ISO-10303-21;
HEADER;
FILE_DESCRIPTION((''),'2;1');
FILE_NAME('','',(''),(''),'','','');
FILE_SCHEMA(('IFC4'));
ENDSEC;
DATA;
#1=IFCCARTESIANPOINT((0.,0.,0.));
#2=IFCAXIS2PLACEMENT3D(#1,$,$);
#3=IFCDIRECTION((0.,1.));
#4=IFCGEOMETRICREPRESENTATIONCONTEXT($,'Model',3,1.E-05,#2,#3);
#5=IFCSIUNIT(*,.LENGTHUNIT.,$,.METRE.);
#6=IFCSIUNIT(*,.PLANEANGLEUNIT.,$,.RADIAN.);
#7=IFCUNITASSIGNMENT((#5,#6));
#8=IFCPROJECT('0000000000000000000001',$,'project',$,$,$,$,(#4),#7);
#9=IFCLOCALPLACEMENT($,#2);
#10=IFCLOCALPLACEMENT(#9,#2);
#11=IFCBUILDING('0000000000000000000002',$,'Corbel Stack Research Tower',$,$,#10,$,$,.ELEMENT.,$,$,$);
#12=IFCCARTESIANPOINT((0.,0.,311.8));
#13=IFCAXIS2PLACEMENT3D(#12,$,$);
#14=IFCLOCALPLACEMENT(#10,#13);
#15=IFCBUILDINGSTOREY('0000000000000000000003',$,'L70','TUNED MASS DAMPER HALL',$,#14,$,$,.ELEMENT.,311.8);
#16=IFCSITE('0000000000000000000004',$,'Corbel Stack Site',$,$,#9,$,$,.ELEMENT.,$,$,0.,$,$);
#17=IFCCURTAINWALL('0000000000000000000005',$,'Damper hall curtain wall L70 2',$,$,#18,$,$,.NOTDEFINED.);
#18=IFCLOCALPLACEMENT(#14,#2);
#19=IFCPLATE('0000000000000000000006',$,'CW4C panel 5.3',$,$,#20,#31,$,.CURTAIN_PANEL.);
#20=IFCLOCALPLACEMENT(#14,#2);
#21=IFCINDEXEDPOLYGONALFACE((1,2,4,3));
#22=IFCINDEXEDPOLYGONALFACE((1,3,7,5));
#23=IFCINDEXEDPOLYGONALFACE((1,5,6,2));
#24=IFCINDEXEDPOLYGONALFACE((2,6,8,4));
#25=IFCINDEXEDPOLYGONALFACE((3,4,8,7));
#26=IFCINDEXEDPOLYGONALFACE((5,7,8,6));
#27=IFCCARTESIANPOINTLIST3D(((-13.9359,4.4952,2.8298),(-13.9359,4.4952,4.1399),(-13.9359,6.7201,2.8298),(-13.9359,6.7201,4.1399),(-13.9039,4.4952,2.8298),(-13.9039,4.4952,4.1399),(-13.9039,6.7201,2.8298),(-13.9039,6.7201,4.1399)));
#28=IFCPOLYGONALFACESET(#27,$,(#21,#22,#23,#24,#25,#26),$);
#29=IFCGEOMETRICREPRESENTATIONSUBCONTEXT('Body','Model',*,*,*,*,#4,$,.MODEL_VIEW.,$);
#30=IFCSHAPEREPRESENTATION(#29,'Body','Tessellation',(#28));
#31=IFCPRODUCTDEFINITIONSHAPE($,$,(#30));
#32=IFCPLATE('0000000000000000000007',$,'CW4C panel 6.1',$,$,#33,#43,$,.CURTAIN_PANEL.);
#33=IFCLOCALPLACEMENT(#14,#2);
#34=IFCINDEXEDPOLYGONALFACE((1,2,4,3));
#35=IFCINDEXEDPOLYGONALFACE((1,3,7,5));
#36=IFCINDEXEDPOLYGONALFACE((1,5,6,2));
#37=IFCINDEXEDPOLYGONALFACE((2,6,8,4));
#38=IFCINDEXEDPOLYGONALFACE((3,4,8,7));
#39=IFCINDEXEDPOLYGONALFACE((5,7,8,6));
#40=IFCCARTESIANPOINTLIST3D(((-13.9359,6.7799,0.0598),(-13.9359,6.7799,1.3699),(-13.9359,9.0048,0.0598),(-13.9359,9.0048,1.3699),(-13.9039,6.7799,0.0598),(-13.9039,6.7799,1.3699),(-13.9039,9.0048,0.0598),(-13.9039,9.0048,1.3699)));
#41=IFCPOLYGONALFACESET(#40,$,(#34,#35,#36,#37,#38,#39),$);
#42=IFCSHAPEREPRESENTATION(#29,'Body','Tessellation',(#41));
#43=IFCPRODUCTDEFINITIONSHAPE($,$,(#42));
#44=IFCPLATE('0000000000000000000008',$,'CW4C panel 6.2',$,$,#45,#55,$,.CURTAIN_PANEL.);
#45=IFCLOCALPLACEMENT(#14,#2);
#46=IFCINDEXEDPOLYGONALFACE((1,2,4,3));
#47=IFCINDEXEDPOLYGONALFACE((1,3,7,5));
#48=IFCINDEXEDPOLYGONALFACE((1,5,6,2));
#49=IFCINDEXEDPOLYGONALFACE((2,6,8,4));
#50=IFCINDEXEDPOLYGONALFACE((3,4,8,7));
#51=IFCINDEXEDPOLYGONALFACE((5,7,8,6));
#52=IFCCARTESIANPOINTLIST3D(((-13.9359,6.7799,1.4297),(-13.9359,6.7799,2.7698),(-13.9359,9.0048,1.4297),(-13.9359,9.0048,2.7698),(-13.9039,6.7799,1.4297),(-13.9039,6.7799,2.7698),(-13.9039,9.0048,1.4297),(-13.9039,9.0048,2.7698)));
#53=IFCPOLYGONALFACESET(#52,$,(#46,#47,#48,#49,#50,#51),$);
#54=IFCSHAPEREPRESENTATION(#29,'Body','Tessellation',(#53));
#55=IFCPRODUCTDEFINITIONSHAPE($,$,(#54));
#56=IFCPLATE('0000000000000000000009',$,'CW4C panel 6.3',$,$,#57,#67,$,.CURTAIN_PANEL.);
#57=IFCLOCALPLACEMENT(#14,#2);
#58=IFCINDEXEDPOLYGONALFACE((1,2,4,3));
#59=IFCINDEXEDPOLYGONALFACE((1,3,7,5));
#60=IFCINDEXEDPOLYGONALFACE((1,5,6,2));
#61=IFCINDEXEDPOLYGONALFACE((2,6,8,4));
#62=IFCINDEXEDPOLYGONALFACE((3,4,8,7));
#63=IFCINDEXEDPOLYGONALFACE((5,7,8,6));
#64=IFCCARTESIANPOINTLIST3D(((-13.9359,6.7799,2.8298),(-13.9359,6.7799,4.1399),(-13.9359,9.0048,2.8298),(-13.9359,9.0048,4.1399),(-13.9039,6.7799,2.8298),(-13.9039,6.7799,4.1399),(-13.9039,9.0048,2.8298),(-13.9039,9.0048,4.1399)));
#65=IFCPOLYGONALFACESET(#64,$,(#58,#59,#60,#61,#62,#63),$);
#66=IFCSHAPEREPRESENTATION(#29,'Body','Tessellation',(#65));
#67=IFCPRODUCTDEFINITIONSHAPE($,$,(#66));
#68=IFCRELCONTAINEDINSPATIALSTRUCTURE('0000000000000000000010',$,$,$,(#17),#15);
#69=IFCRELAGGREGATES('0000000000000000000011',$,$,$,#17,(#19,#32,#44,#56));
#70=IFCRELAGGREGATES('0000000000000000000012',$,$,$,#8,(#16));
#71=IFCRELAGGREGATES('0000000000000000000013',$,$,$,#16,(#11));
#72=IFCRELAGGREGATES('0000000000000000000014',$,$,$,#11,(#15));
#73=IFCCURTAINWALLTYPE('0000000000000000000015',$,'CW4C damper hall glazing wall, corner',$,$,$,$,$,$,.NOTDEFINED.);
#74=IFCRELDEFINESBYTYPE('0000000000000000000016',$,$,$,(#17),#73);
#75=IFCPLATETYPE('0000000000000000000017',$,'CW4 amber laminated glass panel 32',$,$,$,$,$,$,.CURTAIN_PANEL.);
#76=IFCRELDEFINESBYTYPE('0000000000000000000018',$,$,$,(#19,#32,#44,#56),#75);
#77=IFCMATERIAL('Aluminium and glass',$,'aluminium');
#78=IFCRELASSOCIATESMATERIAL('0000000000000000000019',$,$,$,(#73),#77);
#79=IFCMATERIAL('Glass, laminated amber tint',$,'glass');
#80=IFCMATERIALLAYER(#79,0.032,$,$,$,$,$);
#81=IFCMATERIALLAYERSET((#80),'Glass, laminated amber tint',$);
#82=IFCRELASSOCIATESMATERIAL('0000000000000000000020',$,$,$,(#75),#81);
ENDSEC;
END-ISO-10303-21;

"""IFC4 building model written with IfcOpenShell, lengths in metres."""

from ifc_helpers import new_model, si_unit, direction, frame, origin, origin_2d, place, context, subcontext, project, spatial, rectangle, extrude, material, layer, layer_set, type_object, element, aggregate, save


model = new_model("IFC4")

# Units and contexts
model_context = context("Model", 3, precision=1e-05, world=origin(), true_north=direction((0.0, 1.0)))
body_context = subcontext(model_context, "Body", "Model", "MODEL_VIEW")
ifc_project = project(units=[si_unit("LENGTHUNIT", "METRE"), si_unit("PLANEANGLEUNIT", "RADIAN")], contexts=[model_context])

# Site, building, storey
site_placement = place(None, origin())
site = spatial("IfcSite", under=ifc_project, at=site_placement, Name="Corbel Stack Site", CompositionType="ELEMENT", RefElevation=0.0)
building_placement = place(site_placement, origin())
building = spatial("IfcBuilding", under=site, at=building_placement, Name="Corbel Stack Research Tower", CompositionType="ELEMENT")
storey_placement = place(building_placement, frame((0.0, 0.0, 311.8)))
storey = spatial("IfcBuildingStorey", under=building, at=storey_placement, Name="L70", Description="TUNED MASS DAMPER HALL", CompositionType="ELEMENT", Elevation=311.8)

# Curtain wall, plates
ifc_material_1 = material(Name="Aluminium and glass", Category="aluminium")
curtain_wall_type = type_object("IfcCurtainWallType", Name="CW4C damper hall glazing wall, corner", PredefinedType="NOTDEFINED", material=ifc_material_1)
curtain_wall_placement = place(storey_placement, origin())
curtain_wall = element("IfcCurtainWall", 1, at=curtain_wall_placement, inside=storey, type_object=curtain_wall_type, Name="Damper hall curtain wall L70 2", PredefinedType="NOTDEFINED")
ifc_material_2 = material(Name="Glass, laminated amber tint", Category="glass")
ifc_layer = layer(ifc_material_2, 0.032)
ifc_layer_set = layer_set([ifc_layer], Name="Glass, laminated amber tint")
plate_type = type_object("IfcPlateType", Name="CW4 amber laminated glass panel 32", PredefinedType="CURTAIN_PANEL", material=ifc_layer_set)
plate_1_placement = place(storey_placement, frame((-13.9199, 5.6077, 2.8298), z_axis=(0.0, 0.0, 1.0), x_axis=(0.0, 1.0, 0.0)))
plate_1 = element("IfcPlate", 2, at=plate_1_placement, type_object=plate_type, Name="CW4C panel 5.3", PredefinedType="CURTAIN_PANEL", context=body_context, shape_type="SweptSolid", body=[
    extrude(rectangle(XDim=2.2249, YDim=0.032, at=origin_2d()), origin(), (0.0, 0.0, 1.0), 1.3101),
])
plate_2_placement = place(storey_placement, frame((-13.9199, 7.8923, 0.0598), z_axis=(0.0, 0.0, 1.0), x_axis=(0.0, 1.0, 0.0)))
plate_2 = element("IfcPlate", 3, at=plate_2_placement, type_object=plate_type, Name="CW4C panel 6.1", PredefinedType="CURTAIN_PANEL", context=body_context, shape_type="SweptSolid", body=[
    extrude(rectangle(XDim=2.2249, YDim=0.032, at=origin_2d()), origin(), (0.0, 0.0, 1.0), 1.3101),
])
plate_3_placement = place(storey_placement, frame((-13.9199, 7.8923, 1.4297), z_axis=(0.0, 0.0, 1.0), x_axis=(0.0, 1.0, 0.0)))
plate_3 = element("IfcPlate", 4, at=plate_3_placement, type_object=plate_type, Name="CW4C panel 6.2", PredefinedType="CURTAIN_PANEL", context=body_context, shape_type="SweptSolid", body=[
    extrude(rectangle(XDim=2.2249, YDim=0.032, at=origin_2d()), origin(), (0.0, 0.0, 1.0), 1.3401),
])
plate_4_placement = place(storey_placement, frame((-13.9199, 7.8923, 2.8298), z_axis=(0.0, 0.0, 1.0), x_axis=(0.0, 1.0, 0.0)))
plate_4 = element("IfcPlate", 5, at=plate_4_placement, type_object=plate_type, Name="CW4C panel 6.3", PredefinedType="CURTAIN_PANEL", context=body_context, shape_type="SweptSolid", body=[
    extrude(rectangle(XDim=2.2249, YDim=0.032, at=origin_2d()), origin(), (0.0, 0.0, 1.0), 1.3101),
])
aggregate(curtain_wall, [plate_1, plate_2, plate_3, plate_4])

save(model, "model.ifc")
